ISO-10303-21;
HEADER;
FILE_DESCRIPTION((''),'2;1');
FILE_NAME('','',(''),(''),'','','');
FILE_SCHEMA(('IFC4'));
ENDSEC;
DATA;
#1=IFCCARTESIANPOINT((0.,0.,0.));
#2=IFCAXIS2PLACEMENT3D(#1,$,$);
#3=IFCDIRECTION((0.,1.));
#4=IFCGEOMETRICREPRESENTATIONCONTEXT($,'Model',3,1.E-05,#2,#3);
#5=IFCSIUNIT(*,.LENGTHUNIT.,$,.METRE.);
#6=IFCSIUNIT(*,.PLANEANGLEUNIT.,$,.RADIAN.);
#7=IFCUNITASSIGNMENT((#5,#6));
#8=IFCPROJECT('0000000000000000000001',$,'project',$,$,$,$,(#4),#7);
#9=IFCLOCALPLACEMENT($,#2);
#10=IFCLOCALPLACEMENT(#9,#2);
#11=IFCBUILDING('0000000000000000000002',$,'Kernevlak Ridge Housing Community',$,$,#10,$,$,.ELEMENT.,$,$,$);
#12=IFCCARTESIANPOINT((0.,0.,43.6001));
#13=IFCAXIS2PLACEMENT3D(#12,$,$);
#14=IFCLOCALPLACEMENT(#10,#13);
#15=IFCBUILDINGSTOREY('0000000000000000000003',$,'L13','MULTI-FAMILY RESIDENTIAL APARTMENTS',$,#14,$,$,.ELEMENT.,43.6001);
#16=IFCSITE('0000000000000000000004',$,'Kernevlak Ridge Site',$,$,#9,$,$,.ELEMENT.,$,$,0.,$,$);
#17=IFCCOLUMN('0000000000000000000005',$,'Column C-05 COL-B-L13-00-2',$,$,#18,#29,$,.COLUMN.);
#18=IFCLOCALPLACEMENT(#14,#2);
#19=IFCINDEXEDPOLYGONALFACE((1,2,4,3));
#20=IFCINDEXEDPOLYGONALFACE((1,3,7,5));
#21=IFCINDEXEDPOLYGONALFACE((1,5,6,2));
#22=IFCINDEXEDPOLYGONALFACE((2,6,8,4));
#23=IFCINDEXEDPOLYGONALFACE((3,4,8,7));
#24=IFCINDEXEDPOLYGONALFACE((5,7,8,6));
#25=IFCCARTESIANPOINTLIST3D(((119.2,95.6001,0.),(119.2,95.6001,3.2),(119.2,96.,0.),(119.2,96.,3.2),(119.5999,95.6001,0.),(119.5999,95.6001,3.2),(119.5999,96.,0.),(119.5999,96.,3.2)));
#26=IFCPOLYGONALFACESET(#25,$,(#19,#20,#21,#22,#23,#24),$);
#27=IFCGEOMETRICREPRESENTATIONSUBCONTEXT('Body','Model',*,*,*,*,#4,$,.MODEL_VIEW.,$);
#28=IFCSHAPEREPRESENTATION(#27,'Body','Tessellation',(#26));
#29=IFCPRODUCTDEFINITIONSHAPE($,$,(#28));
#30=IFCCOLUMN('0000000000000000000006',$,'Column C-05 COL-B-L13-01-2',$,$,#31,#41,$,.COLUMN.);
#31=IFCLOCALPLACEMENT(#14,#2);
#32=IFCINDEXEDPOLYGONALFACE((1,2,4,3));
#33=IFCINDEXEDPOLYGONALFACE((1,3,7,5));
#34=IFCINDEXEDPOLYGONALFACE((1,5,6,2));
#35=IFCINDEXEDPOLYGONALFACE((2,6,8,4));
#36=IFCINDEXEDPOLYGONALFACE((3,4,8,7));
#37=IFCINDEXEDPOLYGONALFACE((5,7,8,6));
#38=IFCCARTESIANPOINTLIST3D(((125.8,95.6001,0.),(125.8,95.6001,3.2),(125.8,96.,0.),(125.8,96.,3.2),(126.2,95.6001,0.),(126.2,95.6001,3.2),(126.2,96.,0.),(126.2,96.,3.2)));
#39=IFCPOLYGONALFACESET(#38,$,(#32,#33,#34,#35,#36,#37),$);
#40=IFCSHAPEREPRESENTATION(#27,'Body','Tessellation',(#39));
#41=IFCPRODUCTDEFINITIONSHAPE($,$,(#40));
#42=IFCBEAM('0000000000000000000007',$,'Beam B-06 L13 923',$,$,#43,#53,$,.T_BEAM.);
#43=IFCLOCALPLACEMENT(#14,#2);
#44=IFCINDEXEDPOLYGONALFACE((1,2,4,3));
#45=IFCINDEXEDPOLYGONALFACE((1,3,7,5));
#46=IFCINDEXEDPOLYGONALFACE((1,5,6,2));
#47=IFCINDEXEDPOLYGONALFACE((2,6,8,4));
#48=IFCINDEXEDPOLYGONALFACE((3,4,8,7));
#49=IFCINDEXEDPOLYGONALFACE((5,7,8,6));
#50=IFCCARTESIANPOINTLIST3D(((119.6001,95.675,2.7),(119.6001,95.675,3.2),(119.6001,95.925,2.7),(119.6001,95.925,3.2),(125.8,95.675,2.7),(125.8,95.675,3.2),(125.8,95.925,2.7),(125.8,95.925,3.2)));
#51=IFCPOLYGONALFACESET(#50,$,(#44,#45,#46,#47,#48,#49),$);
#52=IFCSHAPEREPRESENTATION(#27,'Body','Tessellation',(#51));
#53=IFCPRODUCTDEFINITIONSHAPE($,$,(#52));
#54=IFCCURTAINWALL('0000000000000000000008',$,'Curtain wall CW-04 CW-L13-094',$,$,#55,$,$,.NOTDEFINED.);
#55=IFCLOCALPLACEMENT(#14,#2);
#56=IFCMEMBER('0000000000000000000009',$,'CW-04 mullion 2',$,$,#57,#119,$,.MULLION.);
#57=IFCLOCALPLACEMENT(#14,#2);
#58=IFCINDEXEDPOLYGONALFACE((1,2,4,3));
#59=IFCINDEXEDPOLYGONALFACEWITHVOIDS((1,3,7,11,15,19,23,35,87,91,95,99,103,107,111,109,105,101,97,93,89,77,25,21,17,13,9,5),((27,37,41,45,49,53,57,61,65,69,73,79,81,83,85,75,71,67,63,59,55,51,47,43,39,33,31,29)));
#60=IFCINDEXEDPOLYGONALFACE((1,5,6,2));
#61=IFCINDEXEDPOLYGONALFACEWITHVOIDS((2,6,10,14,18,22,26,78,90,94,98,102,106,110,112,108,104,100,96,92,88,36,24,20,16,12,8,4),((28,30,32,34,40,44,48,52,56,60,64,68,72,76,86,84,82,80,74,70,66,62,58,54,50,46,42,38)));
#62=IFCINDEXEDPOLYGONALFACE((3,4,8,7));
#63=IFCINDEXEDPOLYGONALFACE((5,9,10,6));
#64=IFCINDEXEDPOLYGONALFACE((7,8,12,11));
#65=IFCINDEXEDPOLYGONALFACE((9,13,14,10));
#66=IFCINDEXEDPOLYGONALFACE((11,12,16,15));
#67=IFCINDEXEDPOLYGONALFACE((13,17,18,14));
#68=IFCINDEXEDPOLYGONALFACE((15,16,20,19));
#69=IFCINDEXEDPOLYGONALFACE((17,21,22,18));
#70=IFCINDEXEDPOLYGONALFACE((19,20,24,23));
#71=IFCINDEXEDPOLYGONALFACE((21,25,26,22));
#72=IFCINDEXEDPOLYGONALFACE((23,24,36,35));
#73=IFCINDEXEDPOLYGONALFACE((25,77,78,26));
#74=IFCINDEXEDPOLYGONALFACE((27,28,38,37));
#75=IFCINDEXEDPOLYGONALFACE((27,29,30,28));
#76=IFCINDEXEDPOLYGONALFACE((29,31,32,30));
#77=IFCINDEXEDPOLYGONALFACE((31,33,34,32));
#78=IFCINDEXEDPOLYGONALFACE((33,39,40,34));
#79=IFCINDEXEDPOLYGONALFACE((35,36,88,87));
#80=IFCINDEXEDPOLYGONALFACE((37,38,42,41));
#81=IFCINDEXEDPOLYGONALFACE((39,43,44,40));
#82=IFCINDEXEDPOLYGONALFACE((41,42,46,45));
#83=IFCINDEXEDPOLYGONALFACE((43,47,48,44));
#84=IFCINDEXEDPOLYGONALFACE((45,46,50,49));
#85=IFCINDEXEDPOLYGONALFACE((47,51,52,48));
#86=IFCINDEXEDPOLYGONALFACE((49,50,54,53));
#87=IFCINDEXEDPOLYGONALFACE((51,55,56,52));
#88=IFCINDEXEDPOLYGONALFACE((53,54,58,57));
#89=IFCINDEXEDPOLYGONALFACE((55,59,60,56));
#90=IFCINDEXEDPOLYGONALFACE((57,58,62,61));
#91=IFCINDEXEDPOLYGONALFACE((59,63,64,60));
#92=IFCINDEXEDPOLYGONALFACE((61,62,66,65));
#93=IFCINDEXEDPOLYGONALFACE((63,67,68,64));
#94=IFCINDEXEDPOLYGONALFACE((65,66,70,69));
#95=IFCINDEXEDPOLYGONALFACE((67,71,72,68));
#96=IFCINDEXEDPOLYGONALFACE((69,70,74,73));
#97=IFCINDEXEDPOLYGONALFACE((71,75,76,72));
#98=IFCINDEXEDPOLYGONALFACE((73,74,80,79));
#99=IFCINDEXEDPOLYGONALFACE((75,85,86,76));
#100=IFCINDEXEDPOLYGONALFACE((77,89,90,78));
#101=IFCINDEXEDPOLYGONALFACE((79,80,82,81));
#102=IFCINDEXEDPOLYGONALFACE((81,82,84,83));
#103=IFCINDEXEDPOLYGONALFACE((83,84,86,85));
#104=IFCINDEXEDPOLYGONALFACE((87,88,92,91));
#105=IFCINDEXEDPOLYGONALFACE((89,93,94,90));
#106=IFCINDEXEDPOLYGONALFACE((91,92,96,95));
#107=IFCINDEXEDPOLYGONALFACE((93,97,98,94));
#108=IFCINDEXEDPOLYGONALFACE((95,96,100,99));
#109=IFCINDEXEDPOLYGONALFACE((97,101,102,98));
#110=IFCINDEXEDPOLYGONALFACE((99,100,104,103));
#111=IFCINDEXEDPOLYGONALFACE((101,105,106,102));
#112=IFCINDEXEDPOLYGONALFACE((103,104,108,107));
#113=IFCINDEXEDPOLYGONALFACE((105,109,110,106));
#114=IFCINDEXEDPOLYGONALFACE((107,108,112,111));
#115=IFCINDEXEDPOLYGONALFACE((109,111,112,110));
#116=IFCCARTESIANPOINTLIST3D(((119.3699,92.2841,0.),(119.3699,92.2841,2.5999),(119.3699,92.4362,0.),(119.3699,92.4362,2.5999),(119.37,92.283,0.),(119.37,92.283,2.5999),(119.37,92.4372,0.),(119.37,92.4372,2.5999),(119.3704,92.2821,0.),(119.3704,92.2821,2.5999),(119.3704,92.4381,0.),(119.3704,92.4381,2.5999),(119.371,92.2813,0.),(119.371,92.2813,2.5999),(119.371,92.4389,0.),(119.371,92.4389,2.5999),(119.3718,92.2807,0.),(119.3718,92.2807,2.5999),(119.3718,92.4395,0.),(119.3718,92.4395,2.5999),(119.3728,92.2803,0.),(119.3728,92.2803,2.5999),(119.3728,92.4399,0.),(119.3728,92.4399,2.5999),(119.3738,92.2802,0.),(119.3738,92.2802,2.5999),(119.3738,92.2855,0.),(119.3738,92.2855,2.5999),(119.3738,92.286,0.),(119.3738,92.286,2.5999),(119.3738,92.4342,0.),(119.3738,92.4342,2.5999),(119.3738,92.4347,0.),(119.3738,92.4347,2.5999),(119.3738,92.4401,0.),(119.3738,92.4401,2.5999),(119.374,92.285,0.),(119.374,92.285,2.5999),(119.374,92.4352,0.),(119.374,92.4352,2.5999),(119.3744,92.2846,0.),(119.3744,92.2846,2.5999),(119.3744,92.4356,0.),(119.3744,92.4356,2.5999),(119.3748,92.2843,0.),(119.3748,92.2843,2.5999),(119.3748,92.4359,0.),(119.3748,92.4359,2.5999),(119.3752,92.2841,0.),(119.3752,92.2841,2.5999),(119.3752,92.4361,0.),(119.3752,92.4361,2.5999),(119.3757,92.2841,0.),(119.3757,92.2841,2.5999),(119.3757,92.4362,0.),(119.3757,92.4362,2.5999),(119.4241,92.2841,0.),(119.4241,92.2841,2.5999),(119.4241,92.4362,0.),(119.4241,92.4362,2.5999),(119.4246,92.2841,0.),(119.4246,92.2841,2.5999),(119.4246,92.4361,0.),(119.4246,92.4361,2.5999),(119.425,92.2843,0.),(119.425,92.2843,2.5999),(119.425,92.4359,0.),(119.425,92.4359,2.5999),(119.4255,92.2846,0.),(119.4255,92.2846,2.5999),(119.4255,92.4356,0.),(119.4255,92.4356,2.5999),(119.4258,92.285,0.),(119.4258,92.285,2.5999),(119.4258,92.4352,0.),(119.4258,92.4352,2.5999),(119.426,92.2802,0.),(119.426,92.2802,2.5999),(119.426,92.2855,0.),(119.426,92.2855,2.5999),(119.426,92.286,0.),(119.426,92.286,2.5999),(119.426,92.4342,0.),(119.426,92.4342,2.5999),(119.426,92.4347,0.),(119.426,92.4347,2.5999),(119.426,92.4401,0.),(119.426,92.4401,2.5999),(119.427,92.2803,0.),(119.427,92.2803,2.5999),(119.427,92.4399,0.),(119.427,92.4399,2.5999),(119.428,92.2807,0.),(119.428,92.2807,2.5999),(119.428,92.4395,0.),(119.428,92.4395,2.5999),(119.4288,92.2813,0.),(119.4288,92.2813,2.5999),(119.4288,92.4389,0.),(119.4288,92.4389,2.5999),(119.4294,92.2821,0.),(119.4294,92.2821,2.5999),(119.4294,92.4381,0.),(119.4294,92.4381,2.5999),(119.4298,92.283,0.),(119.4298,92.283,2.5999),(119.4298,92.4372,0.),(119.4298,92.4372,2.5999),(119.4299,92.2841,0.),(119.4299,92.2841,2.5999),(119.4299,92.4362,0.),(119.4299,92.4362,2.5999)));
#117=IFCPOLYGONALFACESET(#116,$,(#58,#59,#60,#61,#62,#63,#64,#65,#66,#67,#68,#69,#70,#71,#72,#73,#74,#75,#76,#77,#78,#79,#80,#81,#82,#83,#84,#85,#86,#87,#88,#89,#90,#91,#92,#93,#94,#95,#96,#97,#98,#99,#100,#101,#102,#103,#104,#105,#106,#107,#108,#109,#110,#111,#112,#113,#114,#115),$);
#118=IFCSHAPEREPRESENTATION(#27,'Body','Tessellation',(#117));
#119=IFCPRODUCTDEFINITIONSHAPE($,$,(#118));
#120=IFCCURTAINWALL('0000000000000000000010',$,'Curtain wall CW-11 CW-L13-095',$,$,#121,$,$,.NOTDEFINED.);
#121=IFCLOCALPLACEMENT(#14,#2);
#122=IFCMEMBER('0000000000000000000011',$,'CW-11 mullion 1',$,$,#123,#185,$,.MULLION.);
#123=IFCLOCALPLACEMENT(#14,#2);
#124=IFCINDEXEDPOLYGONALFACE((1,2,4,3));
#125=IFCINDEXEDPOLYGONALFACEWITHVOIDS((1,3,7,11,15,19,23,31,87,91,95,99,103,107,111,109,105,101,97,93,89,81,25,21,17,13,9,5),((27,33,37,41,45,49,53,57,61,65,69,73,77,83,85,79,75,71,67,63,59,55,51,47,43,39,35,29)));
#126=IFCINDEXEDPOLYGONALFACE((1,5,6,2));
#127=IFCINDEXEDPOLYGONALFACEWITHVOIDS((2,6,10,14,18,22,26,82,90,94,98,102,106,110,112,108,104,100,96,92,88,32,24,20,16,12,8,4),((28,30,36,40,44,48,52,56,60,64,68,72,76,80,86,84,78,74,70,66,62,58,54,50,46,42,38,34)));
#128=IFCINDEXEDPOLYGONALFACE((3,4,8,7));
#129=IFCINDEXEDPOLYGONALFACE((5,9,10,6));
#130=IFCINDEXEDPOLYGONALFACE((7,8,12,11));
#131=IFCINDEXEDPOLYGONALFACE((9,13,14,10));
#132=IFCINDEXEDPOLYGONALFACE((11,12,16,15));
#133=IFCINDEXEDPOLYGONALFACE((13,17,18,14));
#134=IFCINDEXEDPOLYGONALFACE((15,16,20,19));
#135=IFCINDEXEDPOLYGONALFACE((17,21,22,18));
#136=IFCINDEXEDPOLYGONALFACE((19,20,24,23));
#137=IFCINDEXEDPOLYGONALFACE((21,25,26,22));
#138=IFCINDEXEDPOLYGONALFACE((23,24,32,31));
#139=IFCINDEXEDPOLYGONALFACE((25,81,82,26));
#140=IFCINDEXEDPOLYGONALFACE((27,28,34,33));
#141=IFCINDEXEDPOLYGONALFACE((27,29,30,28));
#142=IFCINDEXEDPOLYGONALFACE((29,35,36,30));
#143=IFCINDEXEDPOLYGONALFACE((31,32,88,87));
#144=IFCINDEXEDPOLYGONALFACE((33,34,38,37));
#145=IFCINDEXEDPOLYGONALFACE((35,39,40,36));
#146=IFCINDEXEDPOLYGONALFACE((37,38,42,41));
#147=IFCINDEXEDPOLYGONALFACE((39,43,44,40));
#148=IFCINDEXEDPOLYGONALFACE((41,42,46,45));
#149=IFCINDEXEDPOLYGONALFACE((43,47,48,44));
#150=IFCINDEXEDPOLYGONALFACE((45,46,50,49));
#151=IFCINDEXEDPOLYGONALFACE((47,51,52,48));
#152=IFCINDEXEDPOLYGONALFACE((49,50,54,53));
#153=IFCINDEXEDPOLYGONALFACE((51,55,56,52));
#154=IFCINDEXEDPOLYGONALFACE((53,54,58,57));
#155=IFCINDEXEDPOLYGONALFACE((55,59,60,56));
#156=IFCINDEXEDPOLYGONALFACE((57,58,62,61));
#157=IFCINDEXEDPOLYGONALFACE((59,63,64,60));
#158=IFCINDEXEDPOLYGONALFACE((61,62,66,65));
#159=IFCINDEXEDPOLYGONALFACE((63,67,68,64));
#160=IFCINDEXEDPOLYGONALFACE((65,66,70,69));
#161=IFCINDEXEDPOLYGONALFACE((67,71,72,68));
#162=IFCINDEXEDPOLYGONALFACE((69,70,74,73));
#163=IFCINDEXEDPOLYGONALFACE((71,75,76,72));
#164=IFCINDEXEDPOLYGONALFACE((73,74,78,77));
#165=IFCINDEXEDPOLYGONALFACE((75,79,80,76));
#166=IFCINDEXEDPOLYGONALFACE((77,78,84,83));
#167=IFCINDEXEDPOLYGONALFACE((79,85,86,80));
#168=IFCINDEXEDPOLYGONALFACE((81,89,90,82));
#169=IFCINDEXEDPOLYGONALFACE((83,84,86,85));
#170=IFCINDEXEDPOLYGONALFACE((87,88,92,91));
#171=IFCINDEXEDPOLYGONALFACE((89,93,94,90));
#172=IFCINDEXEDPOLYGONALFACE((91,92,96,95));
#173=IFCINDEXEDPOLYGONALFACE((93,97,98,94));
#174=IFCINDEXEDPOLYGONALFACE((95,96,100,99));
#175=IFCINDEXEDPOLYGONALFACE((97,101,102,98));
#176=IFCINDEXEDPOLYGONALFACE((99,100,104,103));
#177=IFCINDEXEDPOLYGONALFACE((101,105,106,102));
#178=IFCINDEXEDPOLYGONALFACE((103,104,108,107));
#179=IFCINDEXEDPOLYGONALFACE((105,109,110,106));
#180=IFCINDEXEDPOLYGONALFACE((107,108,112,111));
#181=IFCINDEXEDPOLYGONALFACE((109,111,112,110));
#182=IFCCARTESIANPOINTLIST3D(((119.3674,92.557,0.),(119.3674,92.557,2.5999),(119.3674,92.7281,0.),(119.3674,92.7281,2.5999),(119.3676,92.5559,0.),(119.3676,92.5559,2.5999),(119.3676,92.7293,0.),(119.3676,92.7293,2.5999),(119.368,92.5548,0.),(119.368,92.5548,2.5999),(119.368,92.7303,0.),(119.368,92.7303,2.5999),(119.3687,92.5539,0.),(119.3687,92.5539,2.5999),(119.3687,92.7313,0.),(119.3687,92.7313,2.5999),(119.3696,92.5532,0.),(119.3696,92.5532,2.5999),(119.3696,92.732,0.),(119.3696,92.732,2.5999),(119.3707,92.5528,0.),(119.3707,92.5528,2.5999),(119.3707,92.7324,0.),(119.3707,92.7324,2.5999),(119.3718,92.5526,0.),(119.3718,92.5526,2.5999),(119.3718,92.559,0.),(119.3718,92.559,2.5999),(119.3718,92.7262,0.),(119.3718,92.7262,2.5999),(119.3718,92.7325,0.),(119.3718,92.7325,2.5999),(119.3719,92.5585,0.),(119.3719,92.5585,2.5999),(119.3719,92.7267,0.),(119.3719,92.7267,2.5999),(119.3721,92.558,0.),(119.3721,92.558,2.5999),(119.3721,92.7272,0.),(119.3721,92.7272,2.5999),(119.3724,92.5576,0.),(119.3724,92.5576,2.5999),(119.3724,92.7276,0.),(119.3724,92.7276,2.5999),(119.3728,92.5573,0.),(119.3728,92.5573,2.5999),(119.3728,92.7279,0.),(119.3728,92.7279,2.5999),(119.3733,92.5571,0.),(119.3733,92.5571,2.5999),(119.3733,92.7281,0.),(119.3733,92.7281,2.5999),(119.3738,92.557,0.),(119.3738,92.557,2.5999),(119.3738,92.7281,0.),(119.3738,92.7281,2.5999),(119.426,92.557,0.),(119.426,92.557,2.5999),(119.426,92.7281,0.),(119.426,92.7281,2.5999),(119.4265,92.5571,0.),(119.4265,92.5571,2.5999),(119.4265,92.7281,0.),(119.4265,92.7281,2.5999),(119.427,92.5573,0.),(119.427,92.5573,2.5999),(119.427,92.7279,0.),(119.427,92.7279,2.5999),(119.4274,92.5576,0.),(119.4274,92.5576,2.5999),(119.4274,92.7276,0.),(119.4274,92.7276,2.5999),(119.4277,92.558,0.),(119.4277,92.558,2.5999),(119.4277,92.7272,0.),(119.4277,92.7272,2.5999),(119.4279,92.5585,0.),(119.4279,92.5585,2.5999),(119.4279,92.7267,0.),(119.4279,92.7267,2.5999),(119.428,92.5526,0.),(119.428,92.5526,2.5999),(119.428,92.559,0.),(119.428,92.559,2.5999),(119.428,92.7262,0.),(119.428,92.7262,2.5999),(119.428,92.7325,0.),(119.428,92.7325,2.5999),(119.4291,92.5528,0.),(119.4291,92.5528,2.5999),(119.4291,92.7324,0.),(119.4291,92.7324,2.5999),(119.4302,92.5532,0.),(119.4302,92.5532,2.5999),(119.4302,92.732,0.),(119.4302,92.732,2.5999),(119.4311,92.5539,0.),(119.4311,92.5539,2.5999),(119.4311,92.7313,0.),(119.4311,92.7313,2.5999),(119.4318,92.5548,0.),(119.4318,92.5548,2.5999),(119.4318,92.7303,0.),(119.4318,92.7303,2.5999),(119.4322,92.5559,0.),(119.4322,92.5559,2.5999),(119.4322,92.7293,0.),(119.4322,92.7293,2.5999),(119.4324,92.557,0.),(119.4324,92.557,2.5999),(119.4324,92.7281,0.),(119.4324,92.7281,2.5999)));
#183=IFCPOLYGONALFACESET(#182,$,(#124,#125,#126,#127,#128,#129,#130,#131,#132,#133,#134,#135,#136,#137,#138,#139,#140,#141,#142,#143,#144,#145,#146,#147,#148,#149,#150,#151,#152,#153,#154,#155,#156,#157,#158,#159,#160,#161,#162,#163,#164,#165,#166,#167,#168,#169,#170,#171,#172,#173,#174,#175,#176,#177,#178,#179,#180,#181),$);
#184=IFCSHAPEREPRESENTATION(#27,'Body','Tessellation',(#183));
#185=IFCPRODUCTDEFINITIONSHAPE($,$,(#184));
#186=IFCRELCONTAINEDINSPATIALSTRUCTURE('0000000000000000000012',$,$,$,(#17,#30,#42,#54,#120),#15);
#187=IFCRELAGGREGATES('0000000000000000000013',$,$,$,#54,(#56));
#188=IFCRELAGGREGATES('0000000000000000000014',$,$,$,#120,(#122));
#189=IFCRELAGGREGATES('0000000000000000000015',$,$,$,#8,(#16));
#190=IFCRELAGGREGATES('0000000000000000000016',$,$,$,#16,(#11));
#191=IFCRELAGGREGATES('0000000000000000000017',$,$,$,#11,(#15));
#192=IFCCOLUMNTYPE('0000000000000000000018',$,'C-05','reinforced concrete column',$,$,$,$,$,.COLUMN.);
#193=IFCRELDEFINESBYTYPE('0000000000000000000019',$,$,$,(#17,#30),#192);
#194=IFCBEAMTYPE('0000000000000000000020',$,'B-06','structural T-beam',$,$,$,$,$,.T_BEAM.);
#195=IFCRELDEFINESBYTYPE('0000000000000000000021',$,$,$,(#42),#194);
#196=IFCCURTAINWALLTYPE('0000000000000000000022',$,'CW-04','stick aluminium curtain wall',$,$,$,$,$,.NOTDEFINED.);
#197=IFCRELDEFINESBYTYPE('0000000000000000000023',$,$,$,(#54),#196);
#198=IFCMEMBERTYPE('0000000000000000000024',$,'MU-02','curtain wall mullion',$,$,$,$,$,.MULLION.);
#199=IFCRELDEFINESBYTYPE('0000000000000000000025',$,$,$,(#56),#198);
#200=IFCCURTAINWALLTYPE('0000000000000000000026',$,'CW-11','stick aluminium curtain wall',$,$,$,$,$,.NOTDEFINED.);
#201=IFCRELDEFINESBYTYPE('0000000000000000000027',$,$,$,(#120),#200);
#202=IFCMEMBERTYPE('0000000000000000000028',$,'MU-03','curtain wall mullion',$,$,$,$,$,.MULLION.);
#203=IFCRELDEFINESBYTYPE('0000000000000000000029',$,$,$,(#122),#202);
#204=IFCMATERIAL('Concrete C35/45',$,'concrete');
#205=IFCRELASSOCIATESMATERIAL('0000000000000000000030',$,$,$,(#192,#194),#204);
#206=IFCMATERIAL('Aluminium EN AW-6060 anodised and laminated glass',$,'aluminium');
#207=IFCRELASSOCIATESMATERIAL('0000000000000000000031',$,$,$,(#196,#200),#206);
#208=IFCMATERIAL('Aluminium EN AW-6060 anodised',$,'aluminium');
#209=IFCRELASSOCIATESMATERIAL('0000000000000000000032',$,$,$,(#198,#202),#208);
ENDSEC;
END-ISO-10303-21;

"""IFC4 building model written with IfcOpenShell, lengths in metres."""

from ifc_helpers import new_model, si_unit, direction, frame, origin, origin_2d, place, context, subcontext, project, spatial, rectangle, hollow_rectangle, extrude, material, material_profile, profile_set, type_object, element, aggregate, save


model = new_model("IFC4")

# Units and contexts
model_context = context("Model", 3, precision=1e-05, world=origin(), true_north=direction((0.0, 1.0)))
body_context = subcontext(model_context, "Body", "Model", "MODEL_VIEW")
ifc_project = project(units=[si_unit("LENGTHUNIT", "METRE"), si_unit("PLANEANGLEUNIT", "RADIAN")], contexts=[model_context])

# Site, building, storey
site_placement = place(None, origin())
site = spatial("IfcSite", under=ifc_project, at=site_placement, Name="Kernevlak Ridge Site", CompositionType="ELEMENT", RefElevation=0.0)
building_placement = place(site_placement, origin())
building = spatial("IfcBuilding", under=site, at=building_placement, Name="Kernevlak Ridge Housing Community", CompositionType="ELEMENT")
storey_placement = place(building_placement, frame((0.0, 0.0, 43.6001)))
storey = spatial("IfcBuildingStorey", under=building, at=storey_placement, Name="L13", Description="MULTI-FAMILY RESIDENTIAL APARTMENTS", CompositionType="ELEMENT", Elevation=43.6001)

# Columns
ifc_material_1 = material(Name="Concrete C35/45", Category="concrete")
ifc_material_profile_1 = material_profile(ifc_material_1, rectangle(XDim=0.3999, YDim=0.3999, at=origin_2d()), Name="RC 400x400")
ifc_profile_set_1 = profile_set([ifc_material_profile_1], Name="Concrete C35/45")
column_type = type_object("IfcColumnType", Name="C-05", Description="reinforced concrete column", PredefinedType="COLUMN", material=ifc_profile_set_1)
for number, where, z_axis, x_axis, name in (
    (1, (119.3999, 95.8, 0.0), (0.0, 0.0, 1.0), (1.0, 0.0, 0.0), "Column C-05 COL-B-L13-00-2"),
    (2, (126.0, 95.8, 0.0), (0.0, 0.0, 1.0), (1.0, 0.0, 0.0), "Column C-05 COL-B-L13-01-2"),
):
    element("IfcColumn", number, at=place(storey_placement, frame(where, z_axis=z_axis, x_axis=x_axis)), inside=storey, type_object=column_type, Name=name, PredefinedType="COLUMN", context=body_context, shape_type="SweptSolid", body=[
        extrude(rectangle(XDim=0.3999, YDim=0.3999, at=origin_2d()), origin(), (0.0, 0.0, 1.0), 3.2),
    ])

# Beam
ifc_material_profile_2 = material_profile(ifc_material_1, rectangle(XDim=0.25, YDim=0.5, at=origin_2d()), Name="RC 250x500")
ifc_profile_set_2 = profile_set([ifc_material_profile_2], Name="Concrete C35/45")
beam_type = type_object("IfcBeamType", Name="B-06", Description="structural T-beam", PredefinedType="T_BEAM", material=ifc_profile_set_2)
beam_placement = place(storey_placement, frame((119.6001, 95.8, 2.95), z_axis=(1.0, 0.0, 0.0), x_axis=(0.0, 1.0, 0.0)))
element("IfcBeam", 3, at=beam_placement, inside=storey, type_object=beam_type, Name="Beam B-06 L13 923", PredefinedType="T_BEAM", context=body_context, shape_type="SweptSolid", body=[
    extrude(rectangle(XDim=0.25, YDim=0.5, at=origin_2d()), origin(), (0.0, 0.0, 1.0), 6.2),
])

# Curtain wall, member
ifc_material_2 = material(Name="Aluminium EN AW-6060 anodised and laminated glass", Category="aluminium")
curtain_wall_type_1 = type_object("IfcCurtainWallType", Name="CW-04", Description="stick aluminium curtain wall", PredefinedType="NOTDEFINED", material=ifc_material_2)
curtain_wall_1_placement = place(storey_placement, origin())
curtain_wall_1 = element("IfcCurtainWall", 4, at=curtain_wall_1_placement, inside=storey, type_object=curtain_wall_type_1, Name="Curtain wall CW-04 CW-L13-094", PredefinedType="NOTDEFINED")
ifc_material_3 = material(Name="Aluminium EN AW-6060 anodised", Category="aluminium")
ifc_material_profile_3 = material_profile(ifc_material_3, hollow_rectangle(XDim=0.0601, YDim=0.1599, WallThickness=0.0039, InnerFilletRadius=0.002, OuterFilletRadius=0.0039, at=origin_2d()), Name="ALU 60x160x4")
ifc_profile_set_3 = profile_set([ifc_material_profile_3], Name="Aluminium EN AW-6060 anodised")
member_type_1 = type_object("IfcMemberType", Name="MU-02", Description="curtain wall mullion", PredefinedType="MULLION", material=ifc_profile_set_3)
member_1_placement = place(storey_placement, frame((119.3999, 92.3601, 0.0), z_axis=(0.0, 0.0, 1.0), x_axis=(-1.0, 0.0, 0.0)))
member_1 = element("IfcMember", 5, at=member_1_placement, type_object=member_type_1, Name="CW-04 mullion 2", PredefinedType="MULLION", context=body_context, shape_type="SweptSolid", body=[
    extrude(hollow_rectangle(XDim=0.0601, YDim=0.1599, WallThickness=0.0039, InnerFilletRadius=0.002, OuterFilletRadius=0.0039, at=origin_2d()), origin(), (0.0, 0.0, 1.0), 2.5999),
])

# Curtain wall, member
curtain_wall_type_2 = type_object("IfcCurtainWallType", Name="CW-11", Description="stick aluminium curtain wall", PredefinedType="NOTDEFINED", material=ifc_material_2)
curtain_wall_2_placement = place(storey_placement, origin())
curtain_wall_2 = element("IfcCurtainWall", 6, at=curtain_wall_2_placement, inside=storey, type_object=curtain_wall_type_2, Name="Curtain wall CW-11 CW-L13-095", PredefinedType="NOTDEFINED")
ifc_material_profile_4 = material_profile(ifc_material_3, hollow_rectangle(XDim=0.0649, YDim=0.1799, WallThickness=0.0044, InnerFilletRadius=0.002, OuterFilletRadius=0.0044, at=origin_2d()), Name="ALU 65x180x4.5")
ifc_profile_set_4 = profile_set([ifc_material_profile_4], Name="Aluminium EN AW-6060 anodised")
member_type_2 = type_object("IfcMemberType", Name="MU-03", Description="curtain wall mullion", PredefinedType="MULLION", material=ifc_profile_set_4)
member_2_placement = place(storey_placement, frame((119.3999, 92.6426, 0.0), z_axis=(0.0, 0.0, 1.0), x_axis=(-1.0, 0.0, 0.0)))
member_2 = element("IfcMember", 7, at=member_2_placement, type_object=member_type_2, Name="CW-11 mullion 1", PredefinedType="MULLION", context=body_context, shape_type="SweptSolid", body=[
    extrude(hollow_rectangle(XDim=0.0649, YDim=0.1799, WallThickness=0.0044, InnerFilletRadius=0.002, OuterFilletRadius=0.0044, at=origin_2d()), origin(), (0.0, 0.0, 1.0), 2.5999),
])

aggregate(curtain_wall_1, [member_1])
aggregate(curtain_wall_2, [member_2])

save(model, "model.ifc")
